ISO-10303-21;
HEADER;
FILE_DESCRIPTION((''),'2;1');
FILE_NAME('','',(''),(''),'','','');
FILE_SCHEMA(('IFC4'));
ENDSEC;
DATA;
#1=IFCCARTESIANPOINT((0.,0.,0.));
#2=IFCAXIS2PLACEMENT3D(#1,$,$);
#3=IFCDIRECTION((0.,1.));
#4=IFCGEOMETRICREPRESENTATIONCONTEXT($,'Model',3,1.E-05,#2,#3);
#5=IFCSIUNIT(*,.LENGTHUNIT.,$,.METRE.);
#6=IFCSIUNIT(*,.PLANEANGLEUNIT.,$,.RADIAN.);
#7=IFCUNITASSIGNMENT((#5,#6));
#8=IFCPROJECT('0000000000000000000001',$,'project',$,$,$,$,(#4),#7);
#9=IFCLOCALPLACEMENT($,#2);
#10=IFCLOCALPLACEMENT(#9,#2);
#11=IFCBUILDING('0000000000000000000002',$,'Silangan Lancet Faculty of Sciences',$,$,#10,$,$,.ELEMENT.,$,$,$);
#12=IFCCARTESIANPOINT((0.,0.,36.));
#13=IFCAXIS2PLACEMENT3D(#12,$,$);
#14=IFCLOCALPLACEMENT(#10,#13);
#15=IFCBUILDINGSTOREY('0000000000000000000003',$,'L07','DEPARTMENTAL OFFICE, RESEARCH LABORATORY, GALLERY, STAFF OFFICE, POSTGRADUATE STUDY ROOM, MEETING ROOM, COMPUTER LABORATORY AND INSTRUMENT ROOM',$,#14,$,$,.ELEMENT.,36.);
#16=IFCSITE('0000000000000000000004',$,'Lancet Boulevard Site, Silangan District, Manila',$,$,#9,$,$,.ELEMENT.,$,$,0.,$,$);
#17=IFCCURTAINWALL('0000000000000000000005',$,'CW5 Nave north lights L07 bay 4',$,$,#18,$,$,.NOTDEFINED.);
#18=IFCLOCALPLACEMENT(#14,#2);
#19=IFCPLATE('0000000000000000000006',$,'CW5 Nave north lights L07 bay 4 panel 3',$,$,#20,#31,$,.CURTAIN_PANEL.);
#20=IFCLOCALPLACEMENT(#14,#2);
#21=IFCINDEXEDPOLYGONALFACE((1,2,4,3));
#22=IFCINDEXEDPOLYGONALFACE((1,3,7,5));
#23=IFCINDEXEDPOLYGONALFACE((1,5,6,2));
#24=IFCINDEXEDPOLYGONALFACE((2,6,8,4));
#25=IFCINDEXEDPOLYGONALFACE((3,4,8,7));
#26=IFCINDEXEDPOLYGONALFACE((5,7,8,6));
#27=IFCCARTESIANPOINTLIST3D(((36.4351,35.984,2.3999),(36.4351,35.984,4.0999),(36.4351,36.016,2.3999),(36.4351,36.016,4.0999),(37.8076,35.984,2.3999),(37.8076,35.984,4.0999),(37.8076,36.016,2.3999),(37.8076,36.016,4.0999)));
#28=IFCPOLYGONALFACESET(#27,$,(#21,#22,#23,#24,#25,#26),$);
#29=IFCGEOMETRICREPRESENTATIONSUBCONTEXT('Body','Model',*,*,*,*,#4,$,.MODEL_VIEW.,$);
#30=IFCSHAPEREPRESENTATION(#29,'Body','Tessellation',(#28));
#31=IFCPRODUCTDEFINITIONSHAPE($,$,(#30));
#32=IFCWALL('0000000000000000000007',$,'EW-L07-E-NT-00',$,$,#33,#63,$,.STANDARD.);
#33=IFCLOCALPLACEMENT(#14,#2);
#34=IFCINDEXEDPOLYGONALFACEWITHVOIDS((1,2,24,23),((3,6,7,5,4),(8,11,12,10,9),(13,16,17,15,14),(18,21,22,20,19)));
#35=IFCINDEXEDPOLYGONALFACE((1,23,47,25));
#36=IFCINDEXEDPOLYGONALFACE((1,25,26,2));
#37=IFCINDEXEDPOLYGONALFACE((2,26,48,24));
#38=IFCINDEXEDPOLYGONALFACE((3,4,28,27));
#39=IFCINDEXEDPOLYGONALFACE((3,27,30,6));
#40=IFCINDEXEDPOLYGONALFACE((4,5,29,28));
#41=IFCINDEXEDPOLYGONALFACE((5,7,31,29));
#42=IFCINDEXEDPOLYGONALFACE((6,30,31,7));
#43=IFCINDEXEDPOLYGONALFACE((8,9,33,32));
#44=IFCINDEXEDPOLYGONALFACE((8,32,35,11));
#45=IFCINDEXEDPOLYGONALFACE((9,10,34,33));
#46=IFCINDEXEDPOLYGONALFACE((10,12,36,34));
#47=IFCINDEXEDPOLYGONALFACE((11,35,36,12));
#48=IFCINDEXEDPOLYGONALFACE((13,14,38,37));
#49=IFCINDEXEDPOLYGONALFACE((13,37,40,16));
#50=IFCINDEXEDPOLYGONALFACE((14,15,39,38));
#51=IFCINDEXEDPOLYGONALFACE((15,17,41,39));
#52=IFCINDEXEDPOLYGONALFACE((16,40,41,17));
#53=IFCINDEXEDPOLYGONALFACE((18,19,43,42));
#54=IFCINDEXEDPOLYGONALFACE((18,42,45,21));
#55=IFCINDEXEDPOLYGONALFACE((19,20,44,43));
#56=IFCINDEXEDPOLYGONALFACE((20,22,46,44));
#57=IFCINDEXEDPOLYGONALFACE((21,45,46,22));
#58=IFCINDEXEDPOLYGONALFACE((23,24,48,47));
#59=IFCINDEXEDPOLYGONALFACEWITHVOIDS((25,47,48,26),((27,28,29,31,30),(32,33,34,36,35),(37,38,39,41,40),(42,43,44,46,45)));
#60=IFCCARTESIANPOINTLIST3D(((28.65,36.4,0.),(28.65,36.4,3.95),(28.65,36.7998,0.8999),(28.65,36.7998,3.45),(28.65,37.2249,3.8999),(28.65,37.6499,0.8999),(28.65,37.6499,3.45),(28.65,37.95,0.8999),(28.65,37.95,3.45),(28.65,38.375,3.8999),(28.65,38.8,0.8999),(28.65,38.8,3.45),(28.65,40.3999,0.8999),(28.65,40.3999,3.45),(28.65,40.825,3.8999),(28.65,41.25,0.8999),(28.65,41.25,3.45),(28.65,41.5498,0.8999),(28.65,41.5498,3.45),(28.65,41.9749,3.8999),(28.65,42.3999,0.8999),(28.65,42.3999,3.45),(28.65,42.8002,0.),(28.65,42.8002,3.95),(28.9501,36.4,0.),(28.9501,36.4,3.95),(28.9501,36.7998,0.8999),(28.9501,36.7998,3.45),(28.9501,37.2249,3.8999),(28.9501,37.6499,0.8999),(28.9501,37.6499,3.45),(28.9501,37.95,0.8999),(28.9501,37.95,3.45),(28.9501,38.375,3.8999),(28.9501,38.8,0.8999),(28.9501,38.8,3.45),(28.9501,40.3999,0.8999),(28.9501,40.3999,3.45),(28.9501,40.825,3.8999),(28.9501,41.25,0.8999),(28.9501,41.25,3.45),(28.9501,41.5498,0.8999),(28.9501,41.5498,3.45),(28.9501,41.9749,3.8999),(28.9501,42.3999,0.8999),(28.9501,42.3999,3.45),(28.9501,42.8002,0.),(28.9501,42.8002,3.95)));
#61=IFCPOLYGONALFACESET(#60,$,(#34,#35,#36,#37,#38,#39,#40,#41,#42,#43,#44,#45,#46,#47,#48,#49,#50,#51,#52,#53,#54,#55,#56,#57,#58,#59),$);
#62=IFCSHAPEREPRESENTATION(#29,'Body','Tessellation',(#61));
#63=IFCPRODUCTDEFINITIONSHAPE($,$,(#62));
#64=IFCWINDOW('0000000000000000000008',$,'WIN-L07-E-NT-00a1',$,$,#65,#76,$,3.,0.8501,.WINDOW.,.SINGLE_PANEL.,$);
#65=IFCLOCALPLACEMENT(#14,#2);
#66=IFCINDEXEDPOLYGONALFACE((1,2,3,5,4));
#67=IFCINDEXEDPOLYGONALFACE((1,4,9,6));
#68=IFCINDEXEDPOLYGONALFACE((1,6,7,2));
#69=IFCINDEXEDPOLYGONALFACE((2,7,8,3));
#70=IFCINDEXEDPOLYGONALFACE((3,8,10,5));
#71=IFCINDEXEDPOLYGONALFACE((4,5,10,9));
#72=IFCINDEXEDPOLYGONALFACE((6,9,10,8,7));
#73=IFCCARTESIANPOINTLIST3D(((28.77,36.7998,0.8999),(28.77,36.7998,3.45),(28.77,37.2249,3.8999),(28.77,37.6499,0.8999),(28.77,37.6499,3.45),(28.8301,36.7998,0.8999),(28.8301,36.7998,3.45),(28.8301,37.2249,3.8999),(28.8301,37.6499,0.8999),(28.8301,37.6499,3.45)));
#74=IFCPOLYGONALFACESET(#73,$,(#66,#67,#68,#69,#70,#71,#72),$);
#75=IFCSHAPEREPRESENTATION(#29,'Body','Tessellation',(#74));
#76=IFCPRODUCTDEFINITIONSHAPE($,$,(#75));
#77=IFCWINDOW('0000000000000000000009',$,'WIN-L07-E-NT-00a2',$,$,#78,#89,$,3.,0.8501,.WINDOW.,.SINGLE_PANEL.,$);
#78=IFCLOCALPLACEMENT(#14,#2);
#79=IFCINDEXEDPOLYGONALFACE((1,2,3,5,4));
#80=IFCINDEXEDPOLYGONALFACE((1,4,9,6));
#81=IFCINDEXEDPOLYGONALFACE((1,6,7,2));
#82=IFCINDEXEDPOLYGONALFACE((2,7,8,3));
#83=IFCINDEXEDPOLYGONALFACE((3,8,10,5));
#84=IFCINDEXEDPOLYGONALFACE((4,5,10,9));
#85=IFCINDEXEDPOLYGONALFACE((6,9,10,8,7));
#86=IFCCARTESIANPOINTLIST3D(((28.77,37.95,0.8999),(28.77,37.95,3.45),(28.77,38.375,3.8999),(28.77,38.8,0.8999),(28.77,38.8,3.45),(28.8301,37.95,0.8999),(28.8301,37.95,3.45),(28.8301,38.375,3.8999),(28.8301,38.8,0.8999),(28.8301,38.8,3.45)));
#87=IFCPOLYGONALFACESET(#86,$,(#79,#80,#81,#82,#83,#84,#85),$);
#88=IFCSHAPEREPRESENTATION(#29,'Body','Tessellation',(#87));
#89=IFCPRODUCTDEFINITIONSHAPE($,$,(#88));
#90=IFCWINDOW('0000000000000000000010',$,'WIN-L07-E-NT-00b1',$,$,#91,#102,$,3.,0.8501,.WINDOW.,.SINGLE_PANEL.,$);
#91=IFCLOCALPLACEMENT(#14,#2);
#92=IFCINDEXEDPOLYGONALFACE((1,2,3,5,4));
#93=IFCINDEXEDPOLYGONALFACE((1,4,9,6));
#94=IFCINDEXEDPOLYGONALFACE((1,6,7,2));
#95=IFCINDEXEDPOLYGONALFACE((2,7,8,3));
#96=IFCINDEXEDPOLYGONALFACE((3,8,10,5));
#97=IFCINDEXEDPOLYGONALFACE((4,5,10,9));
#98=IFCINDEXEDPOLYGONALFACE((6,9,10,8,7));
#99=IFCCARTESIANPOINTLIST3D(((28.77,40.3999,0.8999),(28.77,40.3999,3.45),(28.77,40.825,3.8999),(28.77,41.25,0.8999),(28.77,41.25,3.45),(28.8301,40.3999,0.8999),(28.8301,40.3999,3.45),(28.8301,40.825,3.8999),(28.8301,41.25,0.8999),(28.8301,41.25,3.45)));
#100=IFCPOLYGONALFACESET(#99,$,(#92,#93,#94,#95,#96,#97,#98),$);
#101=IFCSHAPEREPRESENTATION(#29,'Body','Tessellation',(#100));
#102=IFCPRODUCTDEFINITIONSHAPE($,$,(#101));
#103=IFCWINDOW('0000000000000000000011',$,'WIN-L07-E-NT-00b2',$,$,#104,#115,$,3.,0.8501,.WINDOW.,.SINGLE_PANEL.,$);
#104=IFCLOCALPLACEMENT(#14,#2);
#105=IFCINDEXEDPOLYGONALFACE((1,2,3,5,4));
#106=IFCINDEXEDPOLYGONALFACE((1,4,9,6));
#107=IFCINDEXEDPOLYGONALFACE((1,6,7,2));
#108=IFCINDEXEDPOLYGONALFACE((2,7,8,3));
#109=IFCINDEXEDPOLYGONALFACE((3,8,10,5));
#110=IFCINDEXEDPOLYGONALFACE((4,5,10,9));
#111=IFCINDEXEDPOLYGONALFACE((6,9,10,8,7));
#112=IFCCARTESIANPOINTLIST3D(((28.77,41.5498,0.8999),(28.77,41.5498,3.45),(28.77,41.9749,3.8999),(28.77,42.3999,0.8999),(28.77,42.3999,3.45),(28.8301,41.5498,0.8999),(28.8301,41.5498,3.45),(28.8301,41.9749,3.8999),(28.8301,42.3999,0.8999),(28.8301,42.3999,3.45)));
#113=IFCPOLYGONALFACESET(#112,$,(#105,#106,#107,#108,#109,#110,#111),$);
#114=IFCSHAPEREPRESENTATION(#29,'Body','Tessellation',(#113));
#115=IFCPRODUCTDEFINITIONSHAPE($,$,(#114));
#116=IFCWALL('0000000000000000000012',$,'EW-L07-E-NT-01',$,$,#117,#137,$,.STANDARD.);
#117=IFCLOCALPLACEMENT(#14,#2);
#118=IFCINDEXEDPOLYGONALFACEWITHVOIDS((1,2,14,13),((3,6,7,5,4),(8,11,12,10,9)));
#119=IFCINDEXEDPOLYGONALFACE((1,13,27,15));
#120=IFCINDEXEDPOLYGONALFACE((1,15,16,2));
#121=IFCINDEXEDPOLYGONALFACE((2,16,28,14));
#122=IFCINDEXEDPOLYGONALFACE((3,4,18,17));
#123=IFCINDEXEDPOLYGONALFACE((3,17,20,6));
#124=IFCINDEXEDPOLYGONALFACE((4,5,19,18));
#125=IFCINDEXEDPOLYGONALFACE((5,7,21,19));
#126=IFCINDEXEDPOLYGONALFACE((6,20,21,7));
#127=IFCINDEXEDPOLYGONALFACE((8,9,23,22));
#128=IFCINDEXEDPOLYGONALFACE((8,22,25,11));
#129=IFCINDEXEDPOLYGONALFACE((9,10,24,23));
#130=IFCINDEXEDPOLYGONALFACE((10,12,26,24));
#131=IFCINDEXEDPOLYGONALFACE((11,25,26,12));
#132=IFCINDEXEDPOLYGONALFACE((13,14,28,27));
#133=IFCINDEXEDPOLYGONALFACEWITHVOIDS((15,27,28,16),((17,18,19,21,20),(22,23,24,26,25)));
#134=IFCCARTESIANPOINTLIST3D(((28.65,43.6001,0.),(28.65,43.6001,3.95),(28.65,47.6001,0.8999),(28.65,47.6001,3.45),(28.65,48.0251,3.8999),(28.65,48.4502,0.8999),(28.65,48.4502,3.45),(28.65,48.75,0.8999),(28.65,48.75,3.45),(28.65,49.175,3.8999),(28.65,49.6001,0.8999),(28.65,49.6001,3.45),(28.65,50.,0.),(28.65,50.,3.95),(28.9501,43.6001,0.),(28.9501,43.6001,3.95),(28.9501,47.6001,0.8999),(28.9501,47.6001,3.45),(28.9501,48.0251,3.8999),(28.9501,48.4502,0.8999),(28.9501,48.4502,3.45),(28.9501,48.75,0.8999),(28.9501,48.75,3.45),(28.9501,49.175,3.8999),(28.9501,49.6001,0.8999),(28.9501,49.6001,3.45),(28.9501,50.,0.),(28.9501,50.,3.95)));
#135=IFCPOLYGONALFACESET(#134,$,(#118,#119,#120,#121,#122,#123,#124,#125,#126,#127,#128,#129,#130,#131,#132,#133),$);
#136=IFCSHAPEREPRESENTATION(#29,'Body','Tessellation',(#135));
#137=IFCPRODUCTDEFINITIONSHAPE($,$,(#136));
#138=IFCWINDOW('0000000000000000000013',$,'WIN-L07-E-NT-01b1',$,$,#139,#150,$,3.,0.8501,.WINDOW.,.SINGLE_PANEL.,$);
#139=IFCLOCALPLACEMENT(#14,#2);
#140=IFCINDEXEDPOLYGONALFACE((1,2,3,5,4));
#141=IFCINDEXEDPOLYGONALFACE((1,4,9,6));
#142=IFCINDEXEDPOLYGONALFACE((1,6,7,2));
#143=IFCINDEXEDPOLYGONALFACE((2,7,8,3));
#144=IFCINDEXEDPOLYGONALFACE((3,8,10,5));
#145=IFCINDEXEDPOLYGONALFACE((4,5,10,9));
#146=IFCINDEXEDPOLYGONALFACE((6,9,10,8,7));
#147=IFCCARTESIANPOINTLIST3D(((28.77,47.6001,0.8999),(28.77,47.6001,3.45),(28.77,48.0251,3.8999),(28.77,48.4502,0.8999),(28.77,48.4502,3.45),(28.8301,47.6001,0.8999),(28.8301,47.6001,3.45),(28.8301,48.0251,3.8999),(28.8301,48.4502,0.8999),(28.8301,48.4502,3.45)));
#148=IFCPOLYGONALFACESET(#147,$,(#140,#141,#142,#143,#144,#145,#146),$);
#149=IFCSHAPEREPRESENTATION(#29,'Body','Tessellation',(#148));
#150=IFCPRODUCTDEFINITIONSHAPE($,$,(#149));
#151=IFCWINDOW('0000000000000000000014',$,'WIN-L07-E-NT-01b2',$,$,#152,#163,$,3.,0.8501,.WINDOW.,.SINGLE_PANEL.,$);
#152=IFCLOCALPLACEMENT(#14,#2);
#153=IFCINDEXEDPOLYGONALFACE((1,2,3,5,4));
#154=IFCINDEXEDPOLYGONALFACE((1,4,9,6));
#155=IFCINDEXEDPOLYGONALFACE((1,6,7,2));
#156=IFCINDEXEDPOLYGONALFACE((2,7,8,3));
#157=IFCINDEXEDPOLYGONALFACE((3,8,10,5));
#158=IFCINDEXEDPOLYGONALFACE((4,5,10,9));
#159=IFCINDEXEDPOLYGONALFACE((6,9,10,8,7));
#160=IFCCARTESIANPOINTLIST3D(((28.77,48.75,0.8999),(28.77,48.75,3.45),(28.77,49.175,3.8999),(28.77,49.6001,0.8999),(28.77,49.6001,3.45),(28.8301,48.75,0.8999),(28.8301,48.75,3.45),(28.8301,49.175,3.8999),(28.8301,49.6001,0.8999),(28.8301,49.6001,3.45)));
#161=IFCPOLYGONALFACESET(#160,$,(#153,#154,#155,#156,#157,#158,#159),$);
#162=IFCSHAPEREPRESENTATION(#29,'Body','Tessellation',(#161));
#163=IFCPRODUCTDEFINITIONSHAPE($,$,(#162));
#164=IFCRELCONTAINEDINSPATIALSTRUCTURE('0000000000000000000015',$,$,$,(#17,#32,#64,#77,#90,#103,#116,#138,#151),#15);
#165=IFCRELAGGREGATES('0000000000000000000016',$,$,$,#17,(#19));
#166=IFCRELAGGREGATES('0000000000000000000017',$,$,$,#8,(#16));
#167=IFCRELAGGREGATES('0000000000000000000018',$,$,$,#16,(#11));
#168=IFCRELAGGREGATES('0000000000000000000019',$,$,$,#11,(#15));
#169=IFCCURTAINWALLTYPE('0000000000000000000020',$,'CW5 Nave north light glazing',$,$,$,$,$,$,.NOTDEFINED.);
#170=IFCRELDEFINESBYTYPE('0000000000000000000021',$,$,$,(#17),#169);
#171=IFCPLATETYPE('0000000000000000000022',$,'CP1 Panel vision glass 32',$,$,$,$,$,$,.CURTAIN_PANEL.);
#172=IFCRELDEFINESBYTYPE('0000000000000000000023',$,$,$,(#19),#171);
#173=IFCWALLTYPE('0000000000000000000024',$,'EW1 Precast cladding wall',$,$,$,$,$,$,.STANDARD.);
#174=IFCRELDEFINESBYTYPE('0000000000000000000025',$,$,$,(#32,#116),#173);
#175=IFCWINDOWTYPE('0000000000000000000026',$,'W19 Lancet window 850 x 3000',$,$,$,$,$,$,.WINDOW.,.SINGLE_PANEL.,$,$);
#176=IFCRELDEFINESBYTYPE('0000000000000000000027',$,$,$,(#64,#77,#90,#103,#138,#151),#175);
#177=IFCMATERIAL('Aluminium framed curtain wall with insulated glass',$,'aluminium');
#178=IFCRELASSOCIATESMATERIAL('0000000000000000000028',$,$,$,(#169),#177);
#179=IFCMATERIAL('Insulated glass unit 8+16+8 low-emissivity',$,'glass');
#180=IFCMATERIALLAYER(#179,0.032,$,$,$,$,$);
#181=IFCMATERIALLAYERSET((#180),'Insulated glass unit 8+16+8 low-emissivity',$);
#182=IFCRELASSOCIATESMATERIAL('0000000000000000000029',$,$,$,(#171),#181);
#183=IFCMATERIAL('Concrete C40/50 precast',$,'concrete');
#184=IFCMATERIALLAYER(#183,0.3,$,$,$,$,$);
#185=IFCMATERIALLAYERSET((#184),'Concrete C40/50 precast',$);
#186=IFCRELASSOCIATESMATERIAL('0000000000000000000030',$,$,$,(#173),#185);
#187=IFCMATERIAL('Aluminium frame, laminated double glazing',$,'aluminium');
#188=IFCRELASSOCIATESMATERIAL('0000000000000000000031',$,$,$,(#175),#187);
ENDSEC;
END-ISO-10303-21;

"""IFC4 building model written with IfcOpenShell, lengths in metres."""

from ifc_helpers import new_model, si_unit, direction, frame, frame_2d, origin, origin_2d, place, context, subcontext, project, spatial, polyline, rectangle, outline, extrude, material, layer, layer_set, type_object, element, fill, aggregate, save


model = new_model("IFC4")

# Units and contexts
model_context = context("Model", 3, precision=1e-05, world=origin(), true_north=direction((0.0, 1.0)))
body_context = subcontext(model_context, "Body", "Model", "MODEL_VIEW")
ifc_project = project(units=[si_unit("LENGTHUNIT", "METRE"), si_unit("PLANEANGLEUNIT", "RADIAN")], contexts=[model_context])

# Site, building, storey
site_placement = place(None, origin())
site = spatial("IfcSite", under=ifc_project, at=site_placement, Name="Lancet Boulevard Site, Silangan District, Manila", CompositionType="ELEMENT", RefElevation=0.0)
building_placement = place(site_placement, origin())
building = spatial("IfcBuilding", under=site, at=building_placement, Name="Silangan Lancet Faculty of Sciences", CompositionType="ELEMENT")
storey_placement = place(building_placement, frame((0.0, 0.0, 36.0)))
storey = spatial("IfcBuildingStorey", under=building, at=storey_placement, Name="L07", Description="DEPARTMENTAL OFFICE, RESEARCH LABORATORY, GALLERY, STAFF OFFICE, POSTGRADUATE STUDY ROOM, MEETING ROOM, COMPUTER LABORATORY AND INSTRUMENT ROOM", CompositionType="ELEMENT", Elevation=36.0)

# Curtain wall
ifc_material_1 = material(Name="Aluminium framed curtain wall with insulated glass", Category="aluminium")
curtain_wall_type = type_object("IfcCurtainWallType", Name="CW5 Nave north light glazing", PredefinedType="NOTDEFINED", material=ifc_material_1)
curtain_wall_1_placement = place(storey_placement, origin())
curtain_wall_1 = element("IfcCurtainWall", 1, at=curtain_wall_1_placement, inside=storey, type_object=curtain_wall_type, Name="CW5 Nave north lights L07 bay 4", PredefinedType="NOTDEFINED")

# Plate
ifc_material_2 = material(Name="Insulated glass unit 8+16+8 low-emissivity", Category="glass")
ifc_layer_1 = layer(ifc_material_2, 0.032)
ifc_layer_set_1 = layer_set([ifc_layer_1], Name="Insulated glass unit 8+16+8 low-emissivity")
plate_type = type_object("IfcPlateType", Name="CP1 Panel vision glass 32", PredefinedType="CURTAIN_PANEL", material=ifc_layer_set_1)
plate_1_placement = place(storey_placement, frame((37.1213, 36.0, 2.3999), z_axis=(0.0, 0.0, 1.0), x_axis=(-1.0, 0.0, 0.0)))
plate_1 = element("IfcPlate", 2, at=plate_1_placement, type_object=plate_type, Name="CW5 Nave north lights L07 bay 4 panel 3", PredefinedType="CURTAIN_PANEL", context=body_context, shape_type="SweptSolid", body=[
    extrude(rectangle(XDim=1.3726, YDim=0.032, at=origin_2d()), origin(), (0.0, 0.0, 1.0), 1.7),
])
aggregate(curtain_wall_1, [plate_1])

# Walls, openings, windows
ifc_material_3 = material(Name="Concrete C40/50 precast", Category="concrete")
ifc_layer_2 = layer(ifc_material_3, 0.3)
ifc_layer_set_2 = layer_set([ifc_layer_2], Name="Concrete C40/50 precast")
wall_type_1 = type_object("IfcWallType", Name="EW1 Precast cladding wall", PredefinedType="STANDARD", material=ifc_layer_set_2)
wall_1_placement = place(storey_placement, frame((28.8, 36.3999, 0.0), z_axis=(0.0, 0.0, 1.0), x_axis=(0.0, 1.0, 0.0)))
wall_1 = element("IfcWall", 3, at=wall_1_placement, inside=storey, type_object=wall_type_1, Name="EW-L07-E-NT-00", PredefinedType="STANDARD", context=body_context, shape_type="SweptSolid", body=[
    extrude(rectangle(XDim=6.4001, YDim=0.3, at=frame_2d((3.2002, 0.0))), origin(), (0.0, 0.0, 1.0), 3.95),
])
opening_1_placement = place(wall_1_placement, frame((0.3999, 0.0, 0.8999)))
opening_1 = element("IfcOpeningElement", 4, at=opening_1_placement, cuts=wall_1, PredefinedType="OPENING", context=body_context, shape_type="SweptSolid", body=[
    extrude(outline(polyline([(0.0, 0.0), (0.8501, 0.0), (0.8501, 2.55), (0.425, 3.0), (0.0, 2.55), (0.0, 0.0)])), frame((0.0, 0.1599, 0.0), z_axis=(0.0, -1.0, 0.0), x_axis=(1.0, 0.0, 0.0)), (0.0, 0.0, 1.0), 0.3201),
])
opening_2_placement = place(wall_1_placement, frame((1.55, 0.0, 0.8999)))
opening_2 = element("IfcOpeningElement", 5, at=opening_2_placement, cuts=wall_1, PredefinedType="OPENING", context=body_context, shape_type="SweptSolid", body=[
    extrude(outline(polyline([(0.0, 0.0), (0.8501, 0.0), (0.8501, 2.55), (0.425, 3.0), (0.0, 2.55), (0.0, 0.0)])), frame((0.0, 0.1599, 0.0), z_axis=(0.0, -1.0, 0.0), x_axis=(1.0, 0.0, 0.0)), (0.0, 0.0, 1.0), 0.3201),
])
opening_3_placement = place(wall_1_placement, frame((4.0, 0.0, 0.8999)))
opening_3 = element("IfcOpeningElement", 6, at=opening_3_placement, cuts=wall_1, PredefinedType="OPENING", context=body_context, shape_type="SweptSolid", body=[
    extrude(outline(polyline([(0.0, 0.0), (0.8501, 0.0), (0.8501, 2.55), (0.425, 3.0), (0.0, 2.55), (0.0, 0.0)])), frame((0.0, 0.1599, 0.0), z_axis=(0.0, -1.0, 0.0), x_axis=(1.0, 0.0, 0.0)), (0.0, 0.0, 1.0), 0.3201),
])
opening_4_placement = place(wall_1_placement, frame((5.1499, 0.0, 0.8999)))
opening_4 = element("IfcOpeningElement", 7, at=opening_4_placement, cuts=wall_1, PredefinedType="OPENING", context=body_context, shape_type="SweptSolid", body=[
    extrude(outline(polyline([(0.0, 0.0), (0.8501, 0.0), (0.8501, 2.55), (0.425, 3.0), (0.0, 2.55), (0.0, 0.0)])), frame((0.0, 0.1599, 0.0), z_axis=(0.0, -1.0, 0.0), x_axis=(1.0, 0.0, 0.0)), (0.0, 0.0, 1.0), 0.3201),
])
ifc_material_4 = material(Name="Aluminium frame, laminated double glazing", Category="aluminium")
window_type_1 = type_object("IfcWindowType", Name="W19 Lancet window 850 x 3000", PartitioningType="SINGLE_PANEL", PredefinedType="WINDOW", material=ifc_material_4)
window_1_placement = place(opening_1_placement, origin())
window_1 = element("IfcWindow", 8, at=window_1_placement, inside=storey, type_object=window_type_1, Name="WIN-L07-E-NT-00a1", OverallHeight=3.0, OverallWidth=0.8501, PartitioningType="SINGLE_PANEL", PredefinedType="WINDOW", context=body_context, shape_type="SweptSolid", body=[
    extrude(outline(polyline([(0.0, 0.0), (0.8501, 0.0), (0.8501, 2.55), (0.425, 3.0), (0.0, 2.55), (0.0, 0.0)])), frame((0.0, 0.03, 0.0), z_axis=(0.0, -1.0, 0.0), x_axis=(1.0, 0.0, 0.0)), (0.0, 0.0, 1.0), 0.0601),
])
fill(opening_1, window_1)
window_2_placement = place(opening_2_placement, origin())
window_2 = element("IfcWindow", 9, at=window_2_placement, inside=storey, type_object=window_type_1, Name="WIN-L07-E-NT-00a2", OverallHeight=3.0, OverallWidth=0.8501, PartitioningType="SINGLE_PANEL", PredefinedType="WINDOW", context=body_context, shape_type="SweptSolid", body=[
    extrude(outline(polyline([(0.0, 0.0), (0.8501, 0.0), (0.8501, 2.55), (0.425, 3.0), (0.0, 2.55), (0.0, 0.0)])), frame((0.0, 0.03, 0.0), z_axis=(0.0, -1.0, 0.0), x_axis=(1.0, 0.0, 0.0)), (0.0, 0.0, 1.0), 0.0601),
])
fill(opening_2, window_2)
window_3_placement = place(opening_3_placement, origin())
window_3 = element("IfcWindow", 10, at=window_3_placement, inside=storey, type_object=window_type_1, Name="WIN-L07-E-NT-00b1", OverallHeight=3.0, OverallWidth=0.8501, PartitioningType="SINGLE_PANEL", PredefinedType="WINDOW", context=body_context, shape_type="SweptSolid", body=[
    extrude(outline(polyline([(0.0, 0.0), (0.8501, 0.0), (0.8501, 2.55), (0.425, 3.0), (0.0, 2.55), (0.0, 0.0)])), frame((0.0, 0.03, 0.0), z_axis=(0.0, -1.0, 0.0), x_axis=(1.0, 0.0, 0.0)), (0.0, 0.0, 1.0), 0.0601),
])
fill(opening_3, window_3)
window_4_placement = place(opening_4_placement, origin())
window_4 = element("IfcWindow", 11, at=window_4_placement, inside=storey, type_object=window_type_1, Name="WIN-L07-E-NT-00b2", OverallHeight=3.0, OverallWidth=0.8501, PartitioningType="SINGLE_PANEL", PredefinedType="WINDOW", context=body_context, shape_type="SweptSolid", body=[
    extrude(outline(polyline([(0.0, 0.0), (0.8501, 0.0), (0.8501, 2.55), (0.425, 3.0), (0.0, 2.55), (0.0, 0.0)])), frame((0.0, 0.03, 0.0), z_axis=(0.0, -1.0, 0.0), x_axis=(1.0, 0.0, 0.0)), (0.0, 0.0, 1.0), 0.0601),
])
fill(opening_4, window_4)
wall_2_placement = place(storey_placement, frame((28.8, 43.6001, 0.0), z_axis=(0.0, 0.0, 1.0), x_axis=(0.0, 1.0, 0.0)))
wall_2 = element("IfcWall", 12, at=wall_2_placement, inside=storey, type_object=wall_type_1, Name="EW-L07-E-NT-01", PredefinedType="STANDARD", context=body_context, shape_type="SweptSolid", body=[
    extrude(rectangle(XDim=6.3999, YDim=0.3, at=frame_2d((3.2, 0.0))), origin(), (0.0, 0.0, 1.0), 3.95),
])
opening_5_placement = place(wall_2_placement, frame((4.0, 0.0, 0.8999)))
opening_5 = element("IfcOpeningElement", 13, at=opening_5_placement, cuts=wall_2, PredefinedType="OPENING", context=body_context, shape_type="SweptSolid", body=[
    extrude(outline(polyline([(0.0, 0.0), (0.8501, 0.0), (0.8501, 2.55), (0.425, 3.0), (0.0, 2.55), (0.0, 0.0)])), frame((0.0, 0.1599, 0.0), z_axis=(0.0, -1.0, 0.0), x_axis=(1.0, 0.0, 0.0)), (0.0, 0.0, 1.0), 0.3201),
])
opening_6_placement = place(wall_2_placement, frame((5.1499, 0.0, 0.8999)))
opening_6 = element("IfcOpeningElement", 14, at=opening_6_placement, cuts=wall_2, PredefinedType="OPENING", context=body_context, shape_type="SweptSolid", body=[
    extrude(outline(polyline([(0.0, 0.0), (0.8501, 0.0), (0.8501, 2.55), (0.425, 3.0), (0.0, 2.55), (0.0, 0.0)])), frame((0.0, 0.1599, 0.0), z_axis=(0.0, -1.0, 0.0), x_axis=(1.0, 0.0, 0.0)), (0.0, 0.0, 1.0), 0.3201),
])
window_5_placement = place(opening_5_placement, origin())
window_5 = element("IfcWindow", 15, at=window_5_placement, inside=storey, type_object=window_type_1, Name="WIN-L07-E-NT-01b1", OverallHeight=3.0, OverallWidth=0.8501, PartitioningType="SINGLE_PANEL", PredefinedType="WINDOW", context=body_context, shape_type="SweptSolid", body=[
    extrude(outline(polyline([(0.0, 0.0), (0.8501, 0.0), (0.8501, 2.55), (0.425, 3.0), (0.0, 2.55), (0.0, 0.0)])), frame((0.0, 0.03, 0.0), z_axis=(0.0, -1.0, 0.0), x_axis=(1.0, 0.0, 0.0)), (0.0, 0.0, 1.0), 0.0601),
])
fill(opening_5, window_5)
window_6_placement = place(opening_6_placement, origin())
window_6 = element("IfcWindow", 16, at=window_6_placement, inside=storey, type_object=window_type_1, Name="WIN-L07-E-NT-01b2", OverallHeight=3.0, OverallWidth=0.8501, PartitioningType="SINGLE_PANEL", PredefinedType="WINDOW", context=body_context, shape_type="SweptSolid", body=[
    extrude(outline(polyline([(0.0, 0.0), (0.8501, 0.0), (0.8501, 2.55), (0.425, 3.0), (0.0, 2.55), (0.0, 0.0)])), frame((0.0, 0.03, 0.0), z_axis=(0.0, -1.0, 0.0), x_axis=(1.0, 0.0, 0.0)), (0.0, 0.0, 1.0), 0.0601),
])
fill(opening_6, window_6)

save(model, "model.ifc")
